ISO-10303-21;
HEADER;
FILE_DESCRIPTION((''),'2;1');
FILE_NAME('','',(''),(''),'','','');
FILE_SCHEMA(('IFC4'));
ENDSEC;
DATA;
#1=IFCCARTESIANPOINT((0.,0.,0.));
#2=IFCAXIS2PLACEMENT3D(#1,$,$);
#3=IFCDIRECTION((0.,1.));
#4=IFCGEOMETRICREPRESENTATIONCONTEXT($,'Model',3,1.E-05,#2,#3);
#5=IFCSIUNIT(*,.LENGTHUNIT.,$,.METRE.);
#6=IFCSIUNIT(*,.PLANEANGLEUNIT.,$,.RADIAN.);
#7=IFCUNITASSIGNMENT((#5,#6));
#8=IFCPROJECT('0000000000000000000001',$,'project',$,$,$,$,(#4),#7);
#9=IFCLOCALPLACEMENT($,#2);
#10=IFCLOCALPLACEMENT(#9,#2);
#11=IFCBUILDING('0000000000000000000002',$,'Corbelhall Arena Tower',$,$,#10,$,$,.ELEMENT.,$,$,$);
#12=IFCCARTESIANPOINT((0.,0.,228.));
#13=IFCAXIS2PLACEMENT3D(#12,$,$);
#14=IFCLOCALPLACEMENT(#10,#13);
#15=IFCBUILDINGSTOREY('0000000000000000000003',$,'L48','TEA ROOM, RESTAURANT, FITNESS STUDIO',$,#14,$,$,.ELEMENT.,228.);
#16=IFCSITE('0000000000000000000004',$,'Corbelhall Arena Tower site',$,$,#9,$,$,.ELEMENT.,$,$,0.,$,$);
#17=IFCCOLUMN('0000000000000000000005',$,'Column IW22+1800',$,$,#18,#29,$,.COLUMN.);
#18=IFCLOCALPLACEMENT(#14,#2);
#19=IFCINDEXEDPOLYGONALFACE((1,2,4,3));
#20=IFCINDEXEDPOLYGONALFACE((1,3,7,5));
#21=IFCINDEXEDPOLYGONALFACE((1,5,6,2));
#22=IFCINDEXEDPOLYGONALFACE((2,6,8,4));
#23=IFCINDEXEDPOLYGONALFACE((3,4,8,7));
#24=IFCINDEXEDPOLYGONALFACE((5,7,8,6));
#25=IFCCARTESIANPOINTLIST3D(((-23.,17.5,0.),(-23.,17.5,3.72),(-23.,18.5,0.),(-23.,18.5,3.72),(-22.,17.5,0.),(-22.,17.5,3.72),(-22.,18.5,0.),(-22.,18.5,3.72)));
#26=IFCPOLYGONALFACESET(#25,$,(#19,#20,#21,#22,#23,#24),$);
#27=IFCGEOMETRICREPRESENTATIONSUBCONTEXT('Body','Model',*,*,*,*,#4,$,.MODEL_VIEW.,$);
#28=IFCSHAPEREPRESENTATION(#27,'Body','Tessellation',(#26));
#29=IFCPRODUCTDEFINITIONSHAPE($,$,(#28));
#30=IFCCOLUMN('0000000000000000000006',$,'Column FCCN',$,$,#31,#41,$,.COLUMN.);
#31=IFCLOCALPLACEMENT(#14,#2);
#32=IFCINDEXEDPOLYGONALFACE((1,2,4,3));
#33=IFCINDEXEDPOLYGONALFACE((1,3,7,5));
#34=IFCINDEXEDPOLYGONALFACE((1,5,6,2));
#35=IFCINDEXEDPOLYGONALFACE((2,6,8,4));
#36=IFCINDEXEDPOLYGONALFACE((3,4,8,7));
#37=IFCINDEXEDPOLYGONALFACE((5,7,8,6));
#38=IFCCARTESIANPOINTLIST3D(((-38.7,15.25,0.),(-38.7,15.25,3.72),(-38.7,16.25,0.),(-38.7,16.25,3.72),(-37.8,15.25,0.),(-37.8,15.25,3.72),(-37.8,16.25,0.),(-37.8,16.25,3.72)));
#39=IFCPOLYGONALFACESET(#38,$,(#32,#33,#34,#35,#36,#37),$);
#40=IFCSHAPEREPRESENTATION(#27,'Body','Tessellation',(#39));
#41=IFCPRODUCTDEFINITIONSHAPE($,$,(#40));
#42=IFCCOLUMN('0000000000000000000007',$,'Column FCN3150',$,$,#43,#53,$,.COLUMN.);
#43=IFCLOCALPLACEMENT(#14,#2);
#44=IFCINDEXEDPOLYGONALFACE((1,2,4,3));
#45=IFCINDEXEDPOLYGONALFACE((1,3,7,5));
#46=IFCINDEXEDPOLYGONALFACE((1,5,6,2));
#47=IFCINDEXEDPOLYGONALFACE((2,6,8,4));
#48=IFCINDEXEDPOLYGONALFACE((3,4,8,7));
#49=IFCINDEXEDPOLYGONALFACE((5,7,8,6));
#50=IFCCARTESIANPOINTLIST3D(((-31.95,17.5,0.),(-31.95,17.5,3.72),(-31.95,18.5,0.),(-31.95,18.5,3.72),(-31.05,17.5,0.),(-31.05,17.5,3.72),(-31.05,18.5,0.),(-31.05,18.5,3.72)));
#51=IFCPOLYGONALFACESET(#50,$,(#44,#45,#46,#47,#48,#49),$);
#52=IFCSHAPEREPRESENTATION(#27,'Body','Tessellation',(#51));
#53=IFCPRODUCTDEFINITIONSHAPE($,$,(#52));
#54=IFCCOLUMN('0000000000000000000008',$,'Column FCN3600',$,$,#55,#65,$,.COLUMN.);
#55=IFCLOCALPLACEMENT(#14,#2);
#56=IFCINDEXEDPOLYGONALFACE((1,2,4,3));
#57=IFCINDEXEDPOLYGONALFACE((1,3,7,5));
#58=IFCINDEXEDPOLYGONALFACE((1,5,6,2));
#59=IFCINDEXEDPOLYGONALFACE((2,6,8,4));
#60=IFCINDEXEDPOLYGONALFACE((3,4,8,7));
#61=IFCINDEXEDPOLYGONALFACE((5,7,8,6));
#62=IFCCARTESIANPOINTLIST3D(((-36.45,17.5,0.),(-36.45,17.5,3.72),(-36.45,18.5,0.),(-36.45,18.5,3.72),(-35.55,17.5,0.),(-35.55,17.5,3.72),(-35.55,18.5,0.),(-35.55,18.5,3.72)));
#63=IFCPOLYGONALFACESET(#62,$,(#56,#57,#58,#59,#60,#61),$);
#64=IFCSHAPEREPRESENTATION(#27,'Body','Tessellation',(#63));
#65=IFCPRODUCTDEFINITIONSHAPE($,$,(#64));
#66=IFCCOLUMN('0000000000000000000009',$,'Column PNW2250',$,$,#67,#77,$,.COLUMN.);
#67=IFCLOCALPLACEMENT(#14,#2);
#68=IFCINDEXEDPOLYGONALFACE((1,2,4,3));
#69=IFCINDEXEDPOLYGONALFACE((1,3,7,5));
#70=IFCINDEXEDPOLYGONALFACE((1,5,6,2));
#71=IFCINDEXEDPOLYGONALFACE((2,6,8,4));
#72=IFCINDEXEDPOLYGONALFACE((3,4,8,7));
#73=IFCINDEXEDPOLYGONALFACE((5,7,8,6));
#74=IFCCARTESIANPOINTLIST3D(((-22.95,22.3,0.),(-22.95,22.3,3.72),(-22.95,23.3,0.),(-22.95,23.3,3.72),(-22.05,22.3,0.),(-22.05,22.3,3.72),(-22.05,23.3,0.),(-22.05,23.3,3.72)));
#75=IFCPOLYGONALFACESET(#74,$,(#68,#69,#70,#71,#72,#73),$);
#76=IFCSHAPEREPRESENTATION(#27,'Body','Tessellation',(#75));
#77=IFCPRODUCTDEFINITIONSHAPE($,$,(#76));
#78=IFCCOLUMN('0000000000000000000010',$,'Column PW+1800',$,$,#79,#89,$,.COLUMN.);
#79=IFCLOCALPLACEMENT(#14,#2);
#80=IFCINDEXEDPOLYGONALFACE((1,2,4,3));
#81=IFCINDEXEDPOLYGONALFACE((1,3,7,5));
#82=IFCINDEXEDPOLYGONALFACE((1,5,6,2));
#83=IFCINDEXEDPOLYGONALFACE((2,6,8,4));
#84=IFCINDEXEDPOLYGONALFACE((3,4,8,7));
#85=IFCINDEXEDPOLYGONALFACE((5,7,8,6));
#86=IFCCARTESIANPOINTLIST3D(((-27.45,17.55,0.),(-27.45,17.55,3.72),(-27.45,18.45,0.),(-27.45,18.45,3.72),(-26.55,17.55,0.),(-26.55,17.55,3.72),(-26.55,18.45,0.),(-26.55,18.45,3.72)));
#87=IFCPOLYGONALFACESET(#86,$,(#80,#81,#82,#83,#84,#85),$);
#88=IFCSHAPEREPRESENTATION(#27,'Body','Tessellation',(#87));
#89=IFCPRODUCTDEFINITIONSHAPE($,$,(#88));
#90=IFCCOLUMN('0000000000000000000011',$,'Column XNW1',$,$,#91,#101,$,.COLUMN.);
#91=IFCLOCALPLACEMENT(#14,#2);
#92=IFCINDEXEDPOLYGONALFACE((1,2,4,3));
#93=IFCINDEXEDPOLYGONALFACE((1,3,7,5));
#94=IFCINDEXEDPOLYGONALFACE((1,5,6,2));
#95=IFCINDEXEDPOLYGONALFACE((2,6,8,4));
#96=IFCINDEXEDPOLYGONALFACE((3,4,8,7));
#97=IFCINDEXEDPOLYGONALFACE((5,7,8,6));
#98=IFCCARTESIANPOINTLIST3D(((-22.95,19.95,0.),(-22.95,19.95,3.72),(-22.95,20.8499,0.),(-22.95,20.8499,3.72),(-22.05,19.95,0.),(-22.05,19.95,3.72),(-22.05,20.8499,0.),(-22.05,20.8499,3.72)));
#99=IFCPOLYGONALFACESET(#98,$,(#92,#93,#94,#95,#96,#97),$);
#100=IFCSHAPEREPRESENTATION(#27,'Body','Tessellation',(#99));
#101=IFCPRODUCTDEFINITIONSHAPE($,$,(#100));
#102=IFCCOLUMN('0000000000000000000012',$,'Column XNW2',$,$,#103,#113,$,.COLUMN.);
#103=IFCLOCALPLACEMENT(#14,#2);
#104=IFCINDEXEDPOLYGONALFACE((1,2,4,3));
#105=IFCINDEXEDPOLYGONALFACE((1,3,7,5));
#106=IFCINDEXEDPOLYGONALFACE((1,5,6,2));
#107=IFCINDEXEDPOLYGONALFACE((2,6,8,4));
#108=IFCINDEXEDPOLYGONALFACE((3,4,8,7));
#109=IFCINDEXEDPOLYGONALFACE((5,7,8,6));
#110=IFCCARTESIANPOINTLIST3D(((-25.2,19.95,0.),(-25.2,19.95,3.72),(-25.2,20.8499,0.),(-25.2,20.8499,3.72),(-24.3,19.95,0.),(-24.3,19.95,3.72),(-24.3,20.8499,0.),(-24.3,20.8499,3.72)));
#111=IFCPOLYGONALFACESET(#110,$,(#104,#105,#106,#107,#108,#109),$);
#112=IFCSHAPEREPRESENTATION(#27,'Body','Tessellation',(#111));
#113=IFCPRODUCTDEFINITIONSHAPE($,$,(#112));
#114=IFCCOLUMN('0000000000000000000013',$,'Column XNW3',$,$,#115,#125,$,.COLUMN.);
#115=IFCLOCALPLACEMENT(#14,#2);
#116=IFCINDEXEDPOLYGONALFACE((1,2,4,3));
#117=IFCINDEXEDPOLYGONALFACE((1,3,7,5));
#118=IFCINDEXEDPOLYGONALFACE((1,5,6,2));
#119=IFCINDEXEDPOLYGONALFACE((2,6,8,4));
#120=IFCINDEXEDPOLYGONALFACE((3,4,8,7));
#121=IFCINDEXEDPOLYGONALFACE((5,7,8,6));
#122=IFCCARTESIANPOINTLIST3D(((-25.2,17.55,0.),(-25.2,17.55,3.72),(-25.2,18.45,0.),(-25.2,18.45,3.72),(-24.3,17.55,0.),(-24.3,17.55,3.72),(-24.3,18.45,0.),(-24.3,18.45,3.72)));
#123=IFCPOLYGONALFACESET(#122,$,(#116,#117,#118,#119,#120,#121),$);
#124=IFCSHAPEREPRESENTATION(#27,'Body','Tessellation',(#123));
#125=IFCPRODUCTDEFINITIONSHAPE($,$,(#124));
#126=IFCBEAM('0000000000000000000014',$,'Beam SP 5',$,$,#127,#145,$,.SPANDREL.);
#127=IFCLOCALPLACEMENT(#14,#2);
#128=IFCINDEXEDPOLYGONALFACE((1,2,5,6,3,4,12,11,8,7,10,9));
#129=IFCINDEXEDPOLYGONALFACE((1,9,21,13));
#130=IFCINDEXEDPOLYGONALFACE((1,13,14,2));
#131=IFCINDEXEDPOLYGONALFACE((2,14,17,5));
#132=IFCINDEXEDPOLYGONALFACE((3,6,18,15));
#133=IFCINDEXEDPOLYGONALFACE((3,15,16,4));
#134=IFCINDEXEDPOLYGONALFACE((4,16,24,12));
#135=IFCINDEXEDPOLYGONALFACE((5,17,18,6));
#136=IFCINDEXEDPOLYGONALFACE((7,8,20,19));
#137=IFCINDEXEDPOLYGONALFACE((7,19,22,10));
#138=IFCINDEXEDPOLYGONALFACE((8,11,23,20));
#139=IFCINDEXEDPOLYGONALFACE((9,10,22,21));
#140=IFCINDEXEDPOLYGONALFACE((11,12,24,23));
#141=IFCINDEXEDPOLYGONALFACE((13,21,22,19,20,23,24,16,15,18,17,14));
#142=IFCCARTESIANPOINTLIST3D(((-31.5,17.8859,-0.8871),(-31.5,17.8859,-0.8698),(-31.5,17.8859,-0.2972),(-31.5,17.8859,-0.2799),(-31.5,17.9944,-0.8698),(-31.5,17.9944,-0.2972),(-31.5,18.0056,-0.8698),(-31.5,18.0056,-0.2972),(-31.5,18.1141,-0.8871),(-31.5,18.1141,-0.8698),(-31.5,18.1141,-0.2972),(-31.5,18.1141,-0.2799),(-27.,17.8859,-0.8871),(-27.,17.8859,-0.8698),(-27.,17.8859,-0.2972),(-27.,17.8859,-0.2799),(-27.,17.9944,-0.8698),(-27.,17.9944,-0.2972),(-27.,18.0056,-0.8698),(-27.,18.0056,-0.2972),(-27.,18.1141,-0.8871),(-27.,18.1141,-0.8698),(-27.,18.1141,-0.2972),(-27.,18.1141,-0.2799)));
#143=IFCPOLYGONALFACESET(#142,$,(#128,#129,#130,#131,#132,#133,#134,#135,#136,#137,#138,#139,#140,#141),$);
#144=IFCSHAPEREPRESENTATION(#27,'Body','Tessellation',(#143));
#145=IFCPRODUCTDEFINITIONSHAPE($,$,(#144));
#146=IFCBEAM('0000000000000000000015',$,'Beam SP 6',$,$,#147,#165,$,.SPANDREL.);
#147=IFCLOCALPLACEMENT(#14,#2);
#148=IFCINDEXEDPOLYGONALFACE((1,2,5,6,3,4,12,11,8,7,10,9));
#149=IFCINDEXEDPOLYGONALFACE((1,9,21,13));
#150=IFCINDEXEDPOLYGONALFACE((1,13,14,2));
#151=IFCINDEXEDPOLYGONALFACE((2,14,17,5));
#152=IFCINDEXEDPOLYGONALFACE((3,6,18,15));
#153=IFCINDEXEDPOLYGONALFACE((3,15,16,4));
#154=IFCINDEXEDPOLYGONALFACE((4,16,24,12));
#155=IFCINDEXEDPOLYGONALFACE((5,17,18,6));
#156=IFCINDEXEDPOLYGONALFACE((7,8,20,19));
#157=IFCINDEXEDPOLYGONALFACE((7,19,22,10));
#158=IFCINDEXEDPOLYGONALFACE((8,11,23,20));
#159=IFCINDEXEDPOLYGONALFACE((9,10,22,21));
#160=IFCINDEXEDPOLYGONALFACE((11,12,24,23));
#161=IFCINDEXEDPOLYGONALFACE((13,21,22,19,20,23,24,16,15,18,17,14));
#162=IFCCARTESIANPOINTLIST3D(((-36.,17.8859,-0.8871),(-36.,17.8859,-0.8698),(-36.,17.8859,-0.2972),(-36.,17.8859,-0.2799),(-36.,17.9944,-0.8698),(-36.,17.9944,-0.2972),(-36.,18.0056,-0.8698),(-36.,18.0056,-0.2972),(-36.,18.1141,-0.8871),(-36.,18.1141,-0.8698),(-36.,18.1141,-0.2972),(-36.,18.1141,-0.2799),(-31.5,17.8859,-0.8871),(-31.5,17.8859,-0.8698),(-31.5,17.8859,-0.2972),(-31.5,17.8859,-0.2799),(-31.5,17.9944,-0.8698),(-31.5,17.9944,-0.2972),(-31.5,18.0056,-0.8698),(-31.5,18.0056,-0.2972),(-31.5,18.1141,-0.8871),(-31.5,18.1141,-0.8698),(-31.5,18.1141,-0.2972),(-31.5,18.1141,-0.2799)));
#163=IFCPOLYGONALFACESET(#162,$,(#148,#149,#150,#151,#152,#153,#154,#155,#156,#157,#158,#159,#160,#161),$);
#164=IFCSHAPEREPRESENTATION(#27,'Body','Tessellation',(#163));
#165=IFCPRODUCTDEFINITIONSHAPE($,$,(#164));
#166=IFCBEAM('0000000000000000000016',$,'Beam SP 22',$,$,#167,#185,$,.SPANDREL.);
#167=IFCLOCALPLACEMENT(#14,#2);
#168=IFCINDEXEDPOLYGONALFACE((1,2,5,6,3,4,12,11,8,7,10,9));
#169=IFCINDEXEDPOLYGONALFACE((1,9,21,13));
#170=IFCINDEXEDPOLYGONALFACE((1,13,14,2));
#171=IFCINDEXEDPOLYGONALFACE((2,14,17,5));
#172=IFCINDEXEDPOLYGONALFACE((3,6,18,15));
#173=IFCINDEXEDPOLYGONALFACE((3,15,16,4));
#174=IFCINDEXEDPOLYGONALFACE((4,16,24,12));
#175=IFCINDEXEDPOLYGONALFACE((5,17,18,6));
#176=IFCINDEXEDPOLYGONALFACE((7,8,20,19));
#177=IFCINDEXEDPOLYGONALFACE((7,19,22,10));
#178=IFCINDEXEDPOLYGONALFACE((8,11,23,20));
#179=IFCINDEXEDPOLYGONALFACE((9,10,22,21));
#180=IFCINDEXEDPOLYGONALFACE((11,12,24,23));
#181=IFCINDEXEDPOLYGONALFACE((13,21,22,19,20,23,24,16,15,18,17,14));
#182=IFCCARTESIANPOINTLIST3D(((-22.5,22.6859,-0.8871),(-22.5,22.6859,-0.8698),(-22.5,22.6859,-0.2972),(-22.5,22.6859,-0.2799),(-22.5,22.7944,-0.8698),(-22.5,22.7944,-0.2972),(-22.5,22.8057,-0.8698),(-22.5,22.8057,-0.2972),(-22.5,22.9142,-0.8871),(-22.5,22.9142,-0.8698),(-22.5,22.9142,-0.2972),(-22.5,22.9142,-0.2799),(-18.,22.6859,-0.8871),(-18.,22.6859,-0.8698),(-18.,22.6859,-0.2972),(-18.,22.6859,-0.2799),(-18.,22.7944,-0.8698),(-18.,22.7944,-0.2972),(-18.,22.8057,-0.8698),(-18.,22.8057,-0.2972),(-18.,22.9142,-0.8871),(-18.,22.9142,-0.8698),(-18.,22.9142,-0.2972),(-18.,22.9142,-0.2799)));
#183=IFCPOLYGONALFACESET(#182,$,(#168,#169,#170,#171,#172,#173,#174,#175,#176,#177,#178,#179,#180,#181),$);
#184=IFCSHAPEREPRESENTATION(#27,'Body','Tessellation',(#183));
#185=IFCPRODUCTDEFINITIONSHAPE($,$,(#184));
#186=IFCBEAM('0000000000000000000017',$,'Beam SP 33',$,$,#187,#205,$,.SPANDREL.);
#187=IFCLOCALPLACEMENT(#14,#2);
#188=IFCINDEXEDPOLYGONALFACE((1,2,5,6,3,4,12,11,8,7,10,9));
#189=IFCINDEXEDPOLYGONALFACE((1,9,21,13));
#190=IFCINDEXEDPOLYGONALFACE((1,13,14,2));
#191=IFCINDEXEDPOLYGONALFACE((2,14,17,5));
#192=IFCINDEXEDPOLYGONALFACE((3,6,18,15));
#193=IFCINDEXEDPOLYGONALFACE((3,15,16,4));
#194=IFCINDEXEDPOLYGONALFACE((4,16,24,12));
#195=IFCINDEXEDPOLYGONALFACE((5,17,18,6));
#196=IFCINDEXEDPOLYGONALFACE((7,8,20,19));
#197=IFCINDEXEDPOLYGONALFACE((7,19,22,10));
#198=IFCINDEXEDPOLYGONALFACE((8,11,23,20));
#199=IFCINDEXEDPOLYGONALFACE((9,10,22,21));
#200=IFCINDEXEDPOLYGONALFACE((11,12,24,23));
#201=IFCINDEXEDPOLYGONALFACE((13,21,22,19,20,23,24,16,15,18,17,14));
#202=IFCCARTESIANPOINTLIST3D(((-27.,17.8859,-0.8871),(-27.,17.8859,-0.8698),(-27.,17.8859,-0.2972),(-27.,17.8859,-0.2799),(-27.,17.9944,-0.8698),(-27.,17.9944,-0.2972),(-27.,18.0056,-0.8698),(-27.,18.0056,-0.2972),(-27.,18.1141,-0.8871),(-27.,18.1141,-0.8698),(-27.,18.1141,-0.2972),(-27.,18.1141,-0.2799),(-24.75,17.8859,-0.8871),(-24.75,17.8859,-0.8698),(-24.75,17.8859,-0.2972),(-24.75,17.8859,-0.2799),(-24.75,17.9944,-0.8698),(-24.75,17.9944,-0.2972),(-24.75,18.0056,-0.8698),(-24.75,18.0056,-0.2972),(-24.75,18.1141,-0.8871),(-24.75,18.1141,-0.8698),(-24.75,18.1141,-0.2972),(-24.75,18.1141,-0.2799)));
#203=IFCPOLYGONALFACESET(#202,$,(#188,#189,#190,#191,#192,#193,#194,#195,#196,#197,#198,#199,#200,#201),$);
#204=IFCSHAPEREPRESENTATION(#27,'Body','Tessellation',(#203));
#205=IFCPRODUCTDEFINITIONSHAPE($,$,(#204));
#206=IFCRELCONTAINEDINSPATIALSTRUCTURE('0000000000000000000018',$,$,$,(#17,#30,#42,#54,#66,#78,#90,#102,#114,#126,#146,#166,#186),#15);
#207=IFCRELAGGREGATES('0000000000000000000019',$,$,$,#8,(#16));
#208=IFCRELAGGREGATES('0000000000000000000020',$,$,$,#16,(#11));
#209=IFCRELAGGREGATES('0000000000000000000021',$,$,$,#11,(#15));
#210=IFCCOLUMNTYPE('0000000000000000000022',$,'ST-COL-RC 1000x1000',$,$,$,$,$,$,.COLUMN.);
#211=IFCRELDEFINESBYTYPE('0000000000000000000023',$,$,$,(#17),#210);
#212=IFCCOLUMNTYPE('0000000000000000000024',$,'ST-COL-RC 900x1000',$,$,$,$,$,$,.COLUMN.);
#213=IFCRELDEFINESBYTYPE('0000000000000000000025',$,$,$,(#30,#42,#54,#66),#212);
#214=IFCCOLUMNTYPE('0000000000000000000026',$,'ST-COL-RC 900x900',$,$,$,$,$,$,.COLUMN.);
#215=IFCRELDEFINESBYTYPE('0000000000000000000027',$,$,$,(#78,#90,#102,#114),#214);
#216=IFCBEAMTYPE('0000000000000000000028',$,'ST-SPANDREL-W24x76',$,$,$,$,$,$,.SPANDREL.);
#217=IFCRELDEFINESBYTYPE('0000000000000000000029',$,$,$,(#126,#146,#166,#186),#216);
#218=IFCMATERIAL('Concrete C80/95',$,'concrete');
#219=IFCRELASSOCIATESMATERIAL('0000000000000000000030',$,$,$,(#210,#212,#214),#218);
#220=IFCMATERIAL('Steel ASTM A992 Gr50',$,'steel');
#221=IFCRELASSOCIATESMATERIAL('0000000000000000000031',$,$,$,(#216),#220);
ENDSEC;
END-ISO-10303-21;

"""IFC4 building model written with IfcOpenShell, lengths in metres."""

from ifc_helpers import new_model, si_unit, direction, frame, origin, origin_2d, place, context, subcontext, project, spatial, rectangle, i_section, extrude, material, material_profile, profile_set, type_object, element, save


model = new_model("IFC4")

# Units and contexts
model_context = context("Model", 3, precision=1e-05, world=origin(), true_north=direction((0.0, 1.0)))
body_context = subcontext(model_context, "Body", "Model", "MODEL_VIEW")
ifc_project = project(units=[si_unit("LENGTHUNIT", "METRE"), si_unit("PLANEANGLEUNIT", "RADIAN")], contexts=[model_context])

# Site, building, storey
site_placement = place(None, origin())
site = spatial("IfcSite", under=ifc_project, at=site_placement, Name="Corbelhall Arena Tower site", CompositionType="ELEMENT", RefElevation=0.0)
building_placement = place(site_placement, origin())
building = spatial("IfcBuilding", under=site, at=building_placement, Name="Corbelhall Arena Tower", CompositionType="ELEMENT")
storey_placement = place(building_placement, frame((0.0, 0.0, 228.0)))
storey = spatial("IfcBuildingStorey", under=building, at=storey_placement, Name="L48", Description="TEA ROOM, RESTAURANT, FITNESS STUDIO", CompositionType="ELEMENT", Elevation=228.0)

# Columns
ifc_material_1 = material(Name="Concrete C80/95", Category="concrete")
ifc_material_profile_1 = material_profile(ifc_material_1, rectangle(XDim=1.0, YDim=1.0, at=origin_2d()))
ifc_profile_set_1 = profile_set([ifc_material_profile_1], Name="Concrete C80/95")
column_type_1 = type_object("IfcColumnType", Name="ST-COL-RC 1000x1000", PredefinedType="COLUMN", material=ifc_profile_set_1)
column_placement = place(storey_placement, frame((-22.5, 18.0, 0.0), z_axis=(0.0, 0.0, 1.0), x_axis=(1.0, 0.0, 0.0)))
element("IfcColumn", 1, at=column_placement, inside=storey, type_object=column_type_1, Name="Column IW22+1800", PredefinedType="COLUMN", context=body_context, shape_type="SweptSolid", body=[
    extrude(rectangle(XDim=1.0, YDim=1.0, at=origin_2d()), origin(), (0.0, 0.0, 1.0), 3.72),
])
ifc_material_profile_2 = material_profile(ifc_material_1, rectangle(XDim=0.8999, YDim=1.0, at=origin_2d()))
ifc_profile_set_2 = profile_set([ifc_material_profile_2], Name="Concrete C80/95")
column_type_2 = type_object("IfcColumnType", Name="ST-COL-RC 900x1000", PredefinedType="COLUMN", material=ifc_profile_set_2)
for number, where, z_axis, x_axis, name in (
    (2, (-38.25, 15.75, 0.0), (0.0, 0.0, 1.0), (1.0, 0.0, 0.0), "Column FCCN"),
    (3, (-31.5, 18.0, 0.0), (0.0, 0.0, 1.0), (1.0, 0.0, 0.0), "Column FCN3150"),
    (4, (-36.0, 18.0, 0.0), (0.0, 0.0, 1.0), (1.0, 0.0, 0.0), "Column FCN3600"),
    (5, (-22.5, 22.8, 0.0), (0.0, 0.0, 1.0), (1.0, 0.0, 0.0), "Column PNW2250"),
):
    element("IfcColumn", number, at=place(storey_placement, frame(where, z_axis=z_axis, x_axis=x_axis)), inside=storey, type_object=column_type_2, Name=name, PredefinedType="COLUMN", context=body_context, shape_type="SweptSolid", body=[
        extrude(rectangle(XDim=0.8999, YDim=1.0, at=origin_2d()), origin(), (0.0, 0.0, 1.0), 3.72),
    ])
ifc_material_profile_3 = material_profile(ifc_material_1, rectangle(XDim=0.8999, YDim=0.8999, at=origin_2d()))
ifc_profile_set_3 = profile_set([ifc_material_profile_3], Name="Concrete C80/95")
column_type_3 = type_object("IfcColumnType", Name="ST-COL-RC 900x900", PredefinedType="COLUMN", material=ifc_profile_set_3)
for number, where, z_axis, x_axis, name in (
    (6, (-27.0, 18.0, 0.0), (0.0, 0.0, 1.0), (1.0, 0.0, 0.0), "Column PW+1800"),
    (7, (-22.5, 20.3999, 0.0), (0.0, 0.0, 1.0), (1.0, 0.0, 0.0), "Column XNW1"),
    (8, (-24.75, 20.3999, 0.0), (0.0, 0.0, 1.0), (1.0, 0.0, 0.0), "Column XNW2"),
    (9, (-24.75, 18.0, 0.0), (0.0, 0.0, 1.0), (1.0, 0.0, 0.0), "Column XNW3"),
):
    element("IfcColumn", number, at=place(storey_placement, frame(where, z_axis=z_axis, x_axis=x_axis)), inside=storey, type_object=column_type_3, Name=name, PredefinedType="COLUMN", context=body_context, shape_type="SweptSolid", body=[
        extrude(rectangle(XDim=0.8999, YDim=0.8999, at=origin_2d()), origin(), (0.0, 0.0, 1.0), 3.72),
    ])

# Beams
ifc_material_2 = material(Name="Steel ASTM A992 Gr50", Category="steel")
ifc_material_profile_4 = material_profile(ifc_material_2, i_section(OverallWidth=0.2283, OverallDepth=0.6072, WebThickness=0.0112, FlangeThickness=0.0173, at=origin_2d()))
ifc_profile_set_4 = profile_set([ifc_material_profile_4], Name="Steel ASTM A992 Gr50")
beam_type = type_object("IfcBeamType", Name="ST-SPANDREL-W24x76", PredefinedType="SPANDREL", material=ifc_profile_set_4)
for number, where, z_axis, x_axis, name in (
    (10, (-31.5, 18.0, -0.5835), (1.0, 0.0, 0.0), (0.0, 1.0, 0.0), "Beam SP 5"),
    (11, (-36.0, 18.0, -0.5835), (1.0, 0.0, 0.0), (0.0, 1.0, 0.0), "Beam SP 6"),
    (12, (-22.5, 22.8, -0.5835), (1.0, 0.0, 0.0), (0.0, 1.0, 0.0), "Beam SP 22"),
):
    element("IfcBeam", number, at=place(storey_placement, frame(where, z_axis=z_axis, x_axis=x_axis)), inside=storey, type_object=beam_type, Name=name, PredefinedType="SPANDREL", context=body_context, shape_type="SweptSolid", body=[
        extrude(i_section(OverallWidth=0.2283, OverallDepth=0.6072, WebThickness=0.0112, FlangeThickness=0.0173, at=origin_2d()), origin(), (0.0, 0.0, 1.0), 4.5),
    ])
beam_1_placement = place(storey_placement, frame((-27.0, 18.0, -0.5835), z_axis=(1.0, 0.0, 0.0), x_axis=(0.0, 1.0, 0.0)))
element("IfcBeam", 13, at=beam_1_placement, inside=storey, type_object=beam_type, Name="Beam SP 33", PredefinedType="SPANDREL", context=body_context, shape_type="SweptSolid", body=[
    extrude(i_section(OverallWidth=0.2283, OverallDepth=0.6072, WebThickness=0.0112, FlangeThickness=0.0173, at=origin_2d()), origin(), (0.0, 0.0, 1.0), 2.25),
])

save(model, "model.ifc")
